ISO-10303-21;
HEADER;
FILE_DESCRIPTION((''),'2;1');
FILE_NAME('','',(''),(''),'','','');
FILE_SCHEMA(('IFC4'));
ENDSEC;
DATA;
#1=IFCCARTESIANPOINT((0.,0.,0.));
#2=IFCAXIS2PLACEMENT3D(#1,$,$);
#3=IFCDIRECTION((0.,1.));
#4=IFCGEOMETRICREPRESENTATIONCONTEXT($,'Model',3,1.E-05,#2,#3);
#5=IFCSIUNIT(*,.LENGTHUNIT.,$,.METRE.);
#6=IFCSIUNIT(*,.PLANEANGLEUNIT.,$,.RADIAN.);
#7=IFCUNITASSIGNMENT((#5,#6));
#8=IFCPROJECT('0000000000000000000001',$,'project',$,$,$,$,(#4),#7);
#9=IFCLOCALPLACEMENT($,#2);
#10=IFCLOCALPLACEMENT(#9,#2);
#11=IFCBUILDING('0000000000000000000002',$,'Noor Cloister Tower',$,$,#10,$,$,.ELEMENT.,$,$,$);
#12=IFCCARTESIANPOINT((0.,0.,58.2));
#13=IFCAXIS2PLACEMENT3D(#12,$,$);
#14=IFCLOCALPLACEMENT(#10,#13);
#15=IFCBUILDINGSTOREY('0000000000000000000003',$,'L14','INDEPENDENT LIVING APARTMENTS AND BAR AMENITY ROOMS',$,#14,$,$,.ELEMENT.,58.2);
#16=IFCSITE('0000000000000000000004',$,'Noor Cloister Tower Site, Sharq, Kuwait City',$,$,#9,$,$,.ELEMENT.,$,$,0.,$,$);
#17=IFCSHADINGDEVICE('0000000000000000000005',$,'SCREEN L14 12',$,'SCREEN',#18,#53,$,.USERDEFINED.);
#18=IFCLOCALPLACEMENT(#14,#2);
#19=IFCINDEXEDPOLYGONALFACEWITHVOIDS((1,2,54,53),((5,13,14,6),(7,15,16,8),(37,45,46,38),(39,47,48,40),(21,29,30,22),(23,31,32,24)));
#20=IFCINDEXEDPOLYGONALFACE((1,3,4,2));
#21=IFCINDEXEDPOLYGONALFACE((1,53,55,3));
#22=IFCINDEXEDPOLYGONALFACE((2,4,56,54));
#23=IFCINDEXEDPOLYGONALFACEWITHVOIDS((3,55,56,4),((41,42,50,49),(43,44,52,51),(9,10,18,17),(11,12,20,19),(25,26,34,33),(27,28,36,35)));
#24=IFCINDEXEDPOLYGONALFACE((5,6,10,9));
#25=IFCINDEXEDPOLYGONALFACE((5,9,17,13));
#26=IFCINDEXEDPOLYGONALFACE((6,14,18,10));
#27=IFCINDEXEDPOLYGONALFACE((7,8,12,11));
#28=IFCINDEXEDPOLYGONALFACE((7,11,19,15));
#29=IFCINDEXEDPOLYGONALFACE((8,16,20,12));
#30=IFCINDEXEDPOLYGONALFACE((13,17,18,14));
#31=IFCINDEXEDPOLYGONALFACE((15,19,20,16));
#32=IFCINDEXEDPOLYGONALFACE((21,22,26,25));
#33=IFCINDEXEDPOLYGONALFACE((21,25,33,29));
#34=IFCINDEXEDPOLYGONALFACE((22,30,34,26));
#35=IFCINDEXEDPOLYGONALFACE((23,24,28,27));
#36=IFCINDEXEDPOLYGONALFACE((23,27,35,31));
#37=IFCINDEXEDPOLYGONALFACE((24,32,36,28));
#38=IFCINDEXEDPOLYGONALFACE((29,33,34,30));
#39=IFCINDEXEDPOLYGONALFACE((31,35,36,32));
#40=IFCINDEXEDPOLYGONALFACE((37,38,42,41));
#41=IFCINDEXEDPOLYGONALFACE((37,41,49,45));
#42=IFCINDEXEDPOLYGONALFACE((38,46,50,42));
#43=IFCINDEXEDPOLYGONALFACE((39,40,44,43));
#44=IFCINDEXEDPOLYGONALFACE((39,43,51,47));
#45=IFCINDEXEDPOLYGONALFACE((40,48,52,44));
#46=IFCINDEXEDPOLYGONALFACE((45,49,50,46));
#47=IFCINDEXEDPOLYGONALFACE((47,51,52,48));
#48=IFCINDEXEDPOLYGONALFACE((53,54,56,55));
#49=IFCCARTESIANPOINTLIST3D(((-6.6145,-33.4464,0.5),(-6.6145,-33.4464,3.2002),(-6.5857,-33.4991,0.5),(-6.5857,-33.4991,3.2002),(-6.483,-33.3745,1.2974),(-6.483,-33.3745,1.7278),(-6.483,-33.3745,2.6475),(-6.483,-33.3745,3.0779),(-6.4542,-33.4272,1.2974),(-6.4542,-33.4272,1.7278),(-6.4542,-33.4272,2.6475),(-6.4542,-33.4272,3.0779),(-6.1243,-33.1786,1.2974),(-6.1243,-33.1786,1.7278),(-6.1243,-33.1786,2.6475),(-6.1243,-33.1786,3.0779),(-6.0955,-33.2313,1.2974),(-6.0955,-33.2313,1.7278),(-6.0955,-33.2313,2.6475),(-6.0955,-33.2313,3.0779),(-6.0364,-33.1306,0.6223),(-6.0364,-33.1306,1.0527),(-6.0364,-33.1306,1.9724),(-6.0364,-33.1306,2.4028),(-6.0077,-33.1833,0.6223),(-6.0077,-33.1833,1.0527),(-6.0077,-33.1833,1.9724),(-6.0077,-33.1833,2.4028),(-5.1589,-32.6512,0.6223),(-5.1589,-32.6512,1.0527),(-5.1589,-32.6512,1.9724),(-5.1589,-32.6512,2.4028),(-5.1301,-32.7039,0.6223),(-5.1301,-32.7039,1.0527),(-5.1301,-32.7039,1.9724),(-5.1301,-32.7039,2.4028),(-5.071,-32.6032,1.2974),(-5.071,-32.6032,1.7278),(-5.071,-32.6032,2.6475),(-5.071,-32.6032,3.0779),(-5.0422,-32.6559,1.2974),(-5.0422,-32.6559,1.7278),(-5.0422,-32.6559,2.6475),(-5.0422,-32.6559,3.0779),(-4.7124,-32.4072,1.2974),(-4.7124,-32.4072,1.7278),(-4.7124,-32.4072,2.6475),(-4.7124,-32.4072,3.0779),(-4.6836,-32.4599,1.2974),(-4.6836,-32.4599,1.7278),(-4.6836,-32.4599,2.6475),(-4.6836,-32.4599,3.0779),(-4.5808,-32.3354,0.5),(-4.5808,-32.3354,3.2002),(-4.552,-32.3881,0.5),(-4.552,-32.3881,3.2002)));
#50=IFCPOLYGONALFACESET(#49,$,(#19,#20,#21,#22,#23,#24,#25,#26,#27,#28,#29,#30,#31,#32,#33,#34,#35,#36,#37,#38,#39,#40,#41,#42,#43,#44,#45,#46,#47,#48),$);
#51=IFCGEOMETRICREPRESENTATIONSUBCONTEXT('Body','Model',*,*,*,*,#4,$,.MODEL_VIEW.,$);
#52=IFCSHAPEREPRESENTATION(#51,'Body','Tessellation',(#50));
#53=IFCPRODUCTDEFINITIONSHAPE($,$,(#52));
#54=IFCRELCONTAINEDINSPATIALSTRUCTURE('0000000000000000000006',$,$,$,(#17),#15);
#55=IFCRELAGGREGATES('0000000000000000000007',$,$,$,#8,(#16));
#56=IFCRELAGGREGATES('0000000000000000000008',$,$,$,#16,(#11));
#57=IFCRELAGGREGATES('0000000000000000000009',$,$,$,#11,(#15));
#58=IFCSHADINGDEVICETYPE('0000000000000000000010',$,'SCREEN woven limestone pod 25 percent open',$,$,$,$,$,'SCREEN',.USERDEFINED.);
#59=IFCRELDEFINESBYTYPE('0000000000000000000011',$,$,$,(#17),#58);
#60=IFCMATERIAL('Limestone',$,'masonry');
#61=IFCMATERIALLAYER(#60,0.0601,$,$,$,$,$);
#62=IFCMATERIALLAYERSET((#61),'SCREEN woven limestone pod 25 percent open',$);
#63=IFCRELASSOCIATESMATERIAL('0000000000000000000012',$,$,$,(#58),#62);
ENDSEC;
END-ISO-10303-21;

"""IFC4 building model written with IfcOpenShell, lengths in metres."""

from ifc_helpers import new_model, si_unit, direction, frame, origin, place, context, subcontext, project, spatial, polyline, outline, extrude, material, layer, layer_set, type_object, element, save


model = new_model("IFC4")

# Units and contexts
model_context = context("Model", 3, precision=1e-05, world=origin(), true_north=direction((0.0, 1.0)))
body_context = subcontext(model_context, "Body", "Model", "MODEL_VIEW")
ifc_project = project(units=[si_unit("LENGTHUNIT", "METRE"), si_unit("PLANEANGLEUNIT", "RADIAN")], contexts=[model_context])

# Site, building, storey
site_placement = place(None, origin())
site = spatial("IfcSite", under=ifc_project, at=site_placement, Name="Noor Cloister Tower Site, Sharq, Kuwait City", CompositionType="ELEMENT", RefElevation=0.0)
building_placement = place(site_placement, origin())
building = spatial("IfcBuilding", under=site, at=building_placement, Name="Noor Cloister Tower", CompositionType="ELEMENT")
storey_placement = place(building_placement, frame((0.0, 0.0, 58.2)))
storey = spatial("IfcBuildingStorey", under=building, at=storey_placement, Name="L14", Description="INDEPENDENT LIVING APARTMENTS AND BAR AMENITY ROOMS", CompositionType="ELEMENT", Elevation=58.2)

# Shading device
ifc_material_1 = material(Name="Limestone", Category="masonry")
ifc_layer_1 = layer(ifc_material_1, 0.0601)
ifc_layer_set_1 = layer_set([ifc_layer_1], Name="SCREEN woven limestone pod 25 percent open")
shading_device_type = type_object("IfcShadingDeviceType", Name="SCREEN woven limestone pod 25 percent open", ElementType="SCREEN", PredefinedType="USERDEFINED", material=ifc_layer_set_1)
shading_device_1_placement = place(storey_placement, frame((-5.5977, -32.8909, 1.8501), z_axis=(0.479421, -0.877585, 0.0), x_axis=(0.877585, 0.479421, 0.0)))
element("IfcShadingDevice", 1, at=shading_device_1_placement, inside=storey, type_object=shading_device_type, Name="SCREEN L14 12", ObjectType="SCREEN", PredefinedType="USERDEFINED", context=body_context, shape_type="SweptSolid", body=[
    extrude(outline(polyline([(-1.1587, -1.3501), (1.1587, -1.3501), (1.1587, 1.3501), (-1.1587, 1.3501), (-1.1587, -1.3501)]), holes=[polyline([(-0.5, -1.2278), (0.5, -1.2278), (0.5, -0.7974), (-0.5, -0.7974), (-0.5, -1.2278)]), polyline([(0.6001, -0.5527), (1.0088, -0.5527), (1.0088, -0.1223), (0.6001, -0.1223), (0.6001, -0.5527)]), polyline([(-1.0088, -0.5527), (-0.6001, -0.5527), (-0.6001, -0.1223), (-1.0088, -0.1223), (-1.0088, -0.5527)]), polyline([(-0.5, 0.1223), (0.5, 0.1223), (0.5, 0.5527), (-0.5, 0.5527), (-0.5, 0.1223)]), polyline([(0.6001, 0.7974), (1.0088, 0.7974), (1.0088, 1.2278), (0.6001, 1.2278), (0.6001, 0.7974)]), polyline([(-1.0088, 0.7974), (-0.6001, 0.7974), (-0.6001, 1.2278), (-1.0088, 1.2278), (-1.0088, 0.7974)])]), origin(), (0.0, 0.0, 1.0), 0.0601),
])

save(model, "model.ifc")
